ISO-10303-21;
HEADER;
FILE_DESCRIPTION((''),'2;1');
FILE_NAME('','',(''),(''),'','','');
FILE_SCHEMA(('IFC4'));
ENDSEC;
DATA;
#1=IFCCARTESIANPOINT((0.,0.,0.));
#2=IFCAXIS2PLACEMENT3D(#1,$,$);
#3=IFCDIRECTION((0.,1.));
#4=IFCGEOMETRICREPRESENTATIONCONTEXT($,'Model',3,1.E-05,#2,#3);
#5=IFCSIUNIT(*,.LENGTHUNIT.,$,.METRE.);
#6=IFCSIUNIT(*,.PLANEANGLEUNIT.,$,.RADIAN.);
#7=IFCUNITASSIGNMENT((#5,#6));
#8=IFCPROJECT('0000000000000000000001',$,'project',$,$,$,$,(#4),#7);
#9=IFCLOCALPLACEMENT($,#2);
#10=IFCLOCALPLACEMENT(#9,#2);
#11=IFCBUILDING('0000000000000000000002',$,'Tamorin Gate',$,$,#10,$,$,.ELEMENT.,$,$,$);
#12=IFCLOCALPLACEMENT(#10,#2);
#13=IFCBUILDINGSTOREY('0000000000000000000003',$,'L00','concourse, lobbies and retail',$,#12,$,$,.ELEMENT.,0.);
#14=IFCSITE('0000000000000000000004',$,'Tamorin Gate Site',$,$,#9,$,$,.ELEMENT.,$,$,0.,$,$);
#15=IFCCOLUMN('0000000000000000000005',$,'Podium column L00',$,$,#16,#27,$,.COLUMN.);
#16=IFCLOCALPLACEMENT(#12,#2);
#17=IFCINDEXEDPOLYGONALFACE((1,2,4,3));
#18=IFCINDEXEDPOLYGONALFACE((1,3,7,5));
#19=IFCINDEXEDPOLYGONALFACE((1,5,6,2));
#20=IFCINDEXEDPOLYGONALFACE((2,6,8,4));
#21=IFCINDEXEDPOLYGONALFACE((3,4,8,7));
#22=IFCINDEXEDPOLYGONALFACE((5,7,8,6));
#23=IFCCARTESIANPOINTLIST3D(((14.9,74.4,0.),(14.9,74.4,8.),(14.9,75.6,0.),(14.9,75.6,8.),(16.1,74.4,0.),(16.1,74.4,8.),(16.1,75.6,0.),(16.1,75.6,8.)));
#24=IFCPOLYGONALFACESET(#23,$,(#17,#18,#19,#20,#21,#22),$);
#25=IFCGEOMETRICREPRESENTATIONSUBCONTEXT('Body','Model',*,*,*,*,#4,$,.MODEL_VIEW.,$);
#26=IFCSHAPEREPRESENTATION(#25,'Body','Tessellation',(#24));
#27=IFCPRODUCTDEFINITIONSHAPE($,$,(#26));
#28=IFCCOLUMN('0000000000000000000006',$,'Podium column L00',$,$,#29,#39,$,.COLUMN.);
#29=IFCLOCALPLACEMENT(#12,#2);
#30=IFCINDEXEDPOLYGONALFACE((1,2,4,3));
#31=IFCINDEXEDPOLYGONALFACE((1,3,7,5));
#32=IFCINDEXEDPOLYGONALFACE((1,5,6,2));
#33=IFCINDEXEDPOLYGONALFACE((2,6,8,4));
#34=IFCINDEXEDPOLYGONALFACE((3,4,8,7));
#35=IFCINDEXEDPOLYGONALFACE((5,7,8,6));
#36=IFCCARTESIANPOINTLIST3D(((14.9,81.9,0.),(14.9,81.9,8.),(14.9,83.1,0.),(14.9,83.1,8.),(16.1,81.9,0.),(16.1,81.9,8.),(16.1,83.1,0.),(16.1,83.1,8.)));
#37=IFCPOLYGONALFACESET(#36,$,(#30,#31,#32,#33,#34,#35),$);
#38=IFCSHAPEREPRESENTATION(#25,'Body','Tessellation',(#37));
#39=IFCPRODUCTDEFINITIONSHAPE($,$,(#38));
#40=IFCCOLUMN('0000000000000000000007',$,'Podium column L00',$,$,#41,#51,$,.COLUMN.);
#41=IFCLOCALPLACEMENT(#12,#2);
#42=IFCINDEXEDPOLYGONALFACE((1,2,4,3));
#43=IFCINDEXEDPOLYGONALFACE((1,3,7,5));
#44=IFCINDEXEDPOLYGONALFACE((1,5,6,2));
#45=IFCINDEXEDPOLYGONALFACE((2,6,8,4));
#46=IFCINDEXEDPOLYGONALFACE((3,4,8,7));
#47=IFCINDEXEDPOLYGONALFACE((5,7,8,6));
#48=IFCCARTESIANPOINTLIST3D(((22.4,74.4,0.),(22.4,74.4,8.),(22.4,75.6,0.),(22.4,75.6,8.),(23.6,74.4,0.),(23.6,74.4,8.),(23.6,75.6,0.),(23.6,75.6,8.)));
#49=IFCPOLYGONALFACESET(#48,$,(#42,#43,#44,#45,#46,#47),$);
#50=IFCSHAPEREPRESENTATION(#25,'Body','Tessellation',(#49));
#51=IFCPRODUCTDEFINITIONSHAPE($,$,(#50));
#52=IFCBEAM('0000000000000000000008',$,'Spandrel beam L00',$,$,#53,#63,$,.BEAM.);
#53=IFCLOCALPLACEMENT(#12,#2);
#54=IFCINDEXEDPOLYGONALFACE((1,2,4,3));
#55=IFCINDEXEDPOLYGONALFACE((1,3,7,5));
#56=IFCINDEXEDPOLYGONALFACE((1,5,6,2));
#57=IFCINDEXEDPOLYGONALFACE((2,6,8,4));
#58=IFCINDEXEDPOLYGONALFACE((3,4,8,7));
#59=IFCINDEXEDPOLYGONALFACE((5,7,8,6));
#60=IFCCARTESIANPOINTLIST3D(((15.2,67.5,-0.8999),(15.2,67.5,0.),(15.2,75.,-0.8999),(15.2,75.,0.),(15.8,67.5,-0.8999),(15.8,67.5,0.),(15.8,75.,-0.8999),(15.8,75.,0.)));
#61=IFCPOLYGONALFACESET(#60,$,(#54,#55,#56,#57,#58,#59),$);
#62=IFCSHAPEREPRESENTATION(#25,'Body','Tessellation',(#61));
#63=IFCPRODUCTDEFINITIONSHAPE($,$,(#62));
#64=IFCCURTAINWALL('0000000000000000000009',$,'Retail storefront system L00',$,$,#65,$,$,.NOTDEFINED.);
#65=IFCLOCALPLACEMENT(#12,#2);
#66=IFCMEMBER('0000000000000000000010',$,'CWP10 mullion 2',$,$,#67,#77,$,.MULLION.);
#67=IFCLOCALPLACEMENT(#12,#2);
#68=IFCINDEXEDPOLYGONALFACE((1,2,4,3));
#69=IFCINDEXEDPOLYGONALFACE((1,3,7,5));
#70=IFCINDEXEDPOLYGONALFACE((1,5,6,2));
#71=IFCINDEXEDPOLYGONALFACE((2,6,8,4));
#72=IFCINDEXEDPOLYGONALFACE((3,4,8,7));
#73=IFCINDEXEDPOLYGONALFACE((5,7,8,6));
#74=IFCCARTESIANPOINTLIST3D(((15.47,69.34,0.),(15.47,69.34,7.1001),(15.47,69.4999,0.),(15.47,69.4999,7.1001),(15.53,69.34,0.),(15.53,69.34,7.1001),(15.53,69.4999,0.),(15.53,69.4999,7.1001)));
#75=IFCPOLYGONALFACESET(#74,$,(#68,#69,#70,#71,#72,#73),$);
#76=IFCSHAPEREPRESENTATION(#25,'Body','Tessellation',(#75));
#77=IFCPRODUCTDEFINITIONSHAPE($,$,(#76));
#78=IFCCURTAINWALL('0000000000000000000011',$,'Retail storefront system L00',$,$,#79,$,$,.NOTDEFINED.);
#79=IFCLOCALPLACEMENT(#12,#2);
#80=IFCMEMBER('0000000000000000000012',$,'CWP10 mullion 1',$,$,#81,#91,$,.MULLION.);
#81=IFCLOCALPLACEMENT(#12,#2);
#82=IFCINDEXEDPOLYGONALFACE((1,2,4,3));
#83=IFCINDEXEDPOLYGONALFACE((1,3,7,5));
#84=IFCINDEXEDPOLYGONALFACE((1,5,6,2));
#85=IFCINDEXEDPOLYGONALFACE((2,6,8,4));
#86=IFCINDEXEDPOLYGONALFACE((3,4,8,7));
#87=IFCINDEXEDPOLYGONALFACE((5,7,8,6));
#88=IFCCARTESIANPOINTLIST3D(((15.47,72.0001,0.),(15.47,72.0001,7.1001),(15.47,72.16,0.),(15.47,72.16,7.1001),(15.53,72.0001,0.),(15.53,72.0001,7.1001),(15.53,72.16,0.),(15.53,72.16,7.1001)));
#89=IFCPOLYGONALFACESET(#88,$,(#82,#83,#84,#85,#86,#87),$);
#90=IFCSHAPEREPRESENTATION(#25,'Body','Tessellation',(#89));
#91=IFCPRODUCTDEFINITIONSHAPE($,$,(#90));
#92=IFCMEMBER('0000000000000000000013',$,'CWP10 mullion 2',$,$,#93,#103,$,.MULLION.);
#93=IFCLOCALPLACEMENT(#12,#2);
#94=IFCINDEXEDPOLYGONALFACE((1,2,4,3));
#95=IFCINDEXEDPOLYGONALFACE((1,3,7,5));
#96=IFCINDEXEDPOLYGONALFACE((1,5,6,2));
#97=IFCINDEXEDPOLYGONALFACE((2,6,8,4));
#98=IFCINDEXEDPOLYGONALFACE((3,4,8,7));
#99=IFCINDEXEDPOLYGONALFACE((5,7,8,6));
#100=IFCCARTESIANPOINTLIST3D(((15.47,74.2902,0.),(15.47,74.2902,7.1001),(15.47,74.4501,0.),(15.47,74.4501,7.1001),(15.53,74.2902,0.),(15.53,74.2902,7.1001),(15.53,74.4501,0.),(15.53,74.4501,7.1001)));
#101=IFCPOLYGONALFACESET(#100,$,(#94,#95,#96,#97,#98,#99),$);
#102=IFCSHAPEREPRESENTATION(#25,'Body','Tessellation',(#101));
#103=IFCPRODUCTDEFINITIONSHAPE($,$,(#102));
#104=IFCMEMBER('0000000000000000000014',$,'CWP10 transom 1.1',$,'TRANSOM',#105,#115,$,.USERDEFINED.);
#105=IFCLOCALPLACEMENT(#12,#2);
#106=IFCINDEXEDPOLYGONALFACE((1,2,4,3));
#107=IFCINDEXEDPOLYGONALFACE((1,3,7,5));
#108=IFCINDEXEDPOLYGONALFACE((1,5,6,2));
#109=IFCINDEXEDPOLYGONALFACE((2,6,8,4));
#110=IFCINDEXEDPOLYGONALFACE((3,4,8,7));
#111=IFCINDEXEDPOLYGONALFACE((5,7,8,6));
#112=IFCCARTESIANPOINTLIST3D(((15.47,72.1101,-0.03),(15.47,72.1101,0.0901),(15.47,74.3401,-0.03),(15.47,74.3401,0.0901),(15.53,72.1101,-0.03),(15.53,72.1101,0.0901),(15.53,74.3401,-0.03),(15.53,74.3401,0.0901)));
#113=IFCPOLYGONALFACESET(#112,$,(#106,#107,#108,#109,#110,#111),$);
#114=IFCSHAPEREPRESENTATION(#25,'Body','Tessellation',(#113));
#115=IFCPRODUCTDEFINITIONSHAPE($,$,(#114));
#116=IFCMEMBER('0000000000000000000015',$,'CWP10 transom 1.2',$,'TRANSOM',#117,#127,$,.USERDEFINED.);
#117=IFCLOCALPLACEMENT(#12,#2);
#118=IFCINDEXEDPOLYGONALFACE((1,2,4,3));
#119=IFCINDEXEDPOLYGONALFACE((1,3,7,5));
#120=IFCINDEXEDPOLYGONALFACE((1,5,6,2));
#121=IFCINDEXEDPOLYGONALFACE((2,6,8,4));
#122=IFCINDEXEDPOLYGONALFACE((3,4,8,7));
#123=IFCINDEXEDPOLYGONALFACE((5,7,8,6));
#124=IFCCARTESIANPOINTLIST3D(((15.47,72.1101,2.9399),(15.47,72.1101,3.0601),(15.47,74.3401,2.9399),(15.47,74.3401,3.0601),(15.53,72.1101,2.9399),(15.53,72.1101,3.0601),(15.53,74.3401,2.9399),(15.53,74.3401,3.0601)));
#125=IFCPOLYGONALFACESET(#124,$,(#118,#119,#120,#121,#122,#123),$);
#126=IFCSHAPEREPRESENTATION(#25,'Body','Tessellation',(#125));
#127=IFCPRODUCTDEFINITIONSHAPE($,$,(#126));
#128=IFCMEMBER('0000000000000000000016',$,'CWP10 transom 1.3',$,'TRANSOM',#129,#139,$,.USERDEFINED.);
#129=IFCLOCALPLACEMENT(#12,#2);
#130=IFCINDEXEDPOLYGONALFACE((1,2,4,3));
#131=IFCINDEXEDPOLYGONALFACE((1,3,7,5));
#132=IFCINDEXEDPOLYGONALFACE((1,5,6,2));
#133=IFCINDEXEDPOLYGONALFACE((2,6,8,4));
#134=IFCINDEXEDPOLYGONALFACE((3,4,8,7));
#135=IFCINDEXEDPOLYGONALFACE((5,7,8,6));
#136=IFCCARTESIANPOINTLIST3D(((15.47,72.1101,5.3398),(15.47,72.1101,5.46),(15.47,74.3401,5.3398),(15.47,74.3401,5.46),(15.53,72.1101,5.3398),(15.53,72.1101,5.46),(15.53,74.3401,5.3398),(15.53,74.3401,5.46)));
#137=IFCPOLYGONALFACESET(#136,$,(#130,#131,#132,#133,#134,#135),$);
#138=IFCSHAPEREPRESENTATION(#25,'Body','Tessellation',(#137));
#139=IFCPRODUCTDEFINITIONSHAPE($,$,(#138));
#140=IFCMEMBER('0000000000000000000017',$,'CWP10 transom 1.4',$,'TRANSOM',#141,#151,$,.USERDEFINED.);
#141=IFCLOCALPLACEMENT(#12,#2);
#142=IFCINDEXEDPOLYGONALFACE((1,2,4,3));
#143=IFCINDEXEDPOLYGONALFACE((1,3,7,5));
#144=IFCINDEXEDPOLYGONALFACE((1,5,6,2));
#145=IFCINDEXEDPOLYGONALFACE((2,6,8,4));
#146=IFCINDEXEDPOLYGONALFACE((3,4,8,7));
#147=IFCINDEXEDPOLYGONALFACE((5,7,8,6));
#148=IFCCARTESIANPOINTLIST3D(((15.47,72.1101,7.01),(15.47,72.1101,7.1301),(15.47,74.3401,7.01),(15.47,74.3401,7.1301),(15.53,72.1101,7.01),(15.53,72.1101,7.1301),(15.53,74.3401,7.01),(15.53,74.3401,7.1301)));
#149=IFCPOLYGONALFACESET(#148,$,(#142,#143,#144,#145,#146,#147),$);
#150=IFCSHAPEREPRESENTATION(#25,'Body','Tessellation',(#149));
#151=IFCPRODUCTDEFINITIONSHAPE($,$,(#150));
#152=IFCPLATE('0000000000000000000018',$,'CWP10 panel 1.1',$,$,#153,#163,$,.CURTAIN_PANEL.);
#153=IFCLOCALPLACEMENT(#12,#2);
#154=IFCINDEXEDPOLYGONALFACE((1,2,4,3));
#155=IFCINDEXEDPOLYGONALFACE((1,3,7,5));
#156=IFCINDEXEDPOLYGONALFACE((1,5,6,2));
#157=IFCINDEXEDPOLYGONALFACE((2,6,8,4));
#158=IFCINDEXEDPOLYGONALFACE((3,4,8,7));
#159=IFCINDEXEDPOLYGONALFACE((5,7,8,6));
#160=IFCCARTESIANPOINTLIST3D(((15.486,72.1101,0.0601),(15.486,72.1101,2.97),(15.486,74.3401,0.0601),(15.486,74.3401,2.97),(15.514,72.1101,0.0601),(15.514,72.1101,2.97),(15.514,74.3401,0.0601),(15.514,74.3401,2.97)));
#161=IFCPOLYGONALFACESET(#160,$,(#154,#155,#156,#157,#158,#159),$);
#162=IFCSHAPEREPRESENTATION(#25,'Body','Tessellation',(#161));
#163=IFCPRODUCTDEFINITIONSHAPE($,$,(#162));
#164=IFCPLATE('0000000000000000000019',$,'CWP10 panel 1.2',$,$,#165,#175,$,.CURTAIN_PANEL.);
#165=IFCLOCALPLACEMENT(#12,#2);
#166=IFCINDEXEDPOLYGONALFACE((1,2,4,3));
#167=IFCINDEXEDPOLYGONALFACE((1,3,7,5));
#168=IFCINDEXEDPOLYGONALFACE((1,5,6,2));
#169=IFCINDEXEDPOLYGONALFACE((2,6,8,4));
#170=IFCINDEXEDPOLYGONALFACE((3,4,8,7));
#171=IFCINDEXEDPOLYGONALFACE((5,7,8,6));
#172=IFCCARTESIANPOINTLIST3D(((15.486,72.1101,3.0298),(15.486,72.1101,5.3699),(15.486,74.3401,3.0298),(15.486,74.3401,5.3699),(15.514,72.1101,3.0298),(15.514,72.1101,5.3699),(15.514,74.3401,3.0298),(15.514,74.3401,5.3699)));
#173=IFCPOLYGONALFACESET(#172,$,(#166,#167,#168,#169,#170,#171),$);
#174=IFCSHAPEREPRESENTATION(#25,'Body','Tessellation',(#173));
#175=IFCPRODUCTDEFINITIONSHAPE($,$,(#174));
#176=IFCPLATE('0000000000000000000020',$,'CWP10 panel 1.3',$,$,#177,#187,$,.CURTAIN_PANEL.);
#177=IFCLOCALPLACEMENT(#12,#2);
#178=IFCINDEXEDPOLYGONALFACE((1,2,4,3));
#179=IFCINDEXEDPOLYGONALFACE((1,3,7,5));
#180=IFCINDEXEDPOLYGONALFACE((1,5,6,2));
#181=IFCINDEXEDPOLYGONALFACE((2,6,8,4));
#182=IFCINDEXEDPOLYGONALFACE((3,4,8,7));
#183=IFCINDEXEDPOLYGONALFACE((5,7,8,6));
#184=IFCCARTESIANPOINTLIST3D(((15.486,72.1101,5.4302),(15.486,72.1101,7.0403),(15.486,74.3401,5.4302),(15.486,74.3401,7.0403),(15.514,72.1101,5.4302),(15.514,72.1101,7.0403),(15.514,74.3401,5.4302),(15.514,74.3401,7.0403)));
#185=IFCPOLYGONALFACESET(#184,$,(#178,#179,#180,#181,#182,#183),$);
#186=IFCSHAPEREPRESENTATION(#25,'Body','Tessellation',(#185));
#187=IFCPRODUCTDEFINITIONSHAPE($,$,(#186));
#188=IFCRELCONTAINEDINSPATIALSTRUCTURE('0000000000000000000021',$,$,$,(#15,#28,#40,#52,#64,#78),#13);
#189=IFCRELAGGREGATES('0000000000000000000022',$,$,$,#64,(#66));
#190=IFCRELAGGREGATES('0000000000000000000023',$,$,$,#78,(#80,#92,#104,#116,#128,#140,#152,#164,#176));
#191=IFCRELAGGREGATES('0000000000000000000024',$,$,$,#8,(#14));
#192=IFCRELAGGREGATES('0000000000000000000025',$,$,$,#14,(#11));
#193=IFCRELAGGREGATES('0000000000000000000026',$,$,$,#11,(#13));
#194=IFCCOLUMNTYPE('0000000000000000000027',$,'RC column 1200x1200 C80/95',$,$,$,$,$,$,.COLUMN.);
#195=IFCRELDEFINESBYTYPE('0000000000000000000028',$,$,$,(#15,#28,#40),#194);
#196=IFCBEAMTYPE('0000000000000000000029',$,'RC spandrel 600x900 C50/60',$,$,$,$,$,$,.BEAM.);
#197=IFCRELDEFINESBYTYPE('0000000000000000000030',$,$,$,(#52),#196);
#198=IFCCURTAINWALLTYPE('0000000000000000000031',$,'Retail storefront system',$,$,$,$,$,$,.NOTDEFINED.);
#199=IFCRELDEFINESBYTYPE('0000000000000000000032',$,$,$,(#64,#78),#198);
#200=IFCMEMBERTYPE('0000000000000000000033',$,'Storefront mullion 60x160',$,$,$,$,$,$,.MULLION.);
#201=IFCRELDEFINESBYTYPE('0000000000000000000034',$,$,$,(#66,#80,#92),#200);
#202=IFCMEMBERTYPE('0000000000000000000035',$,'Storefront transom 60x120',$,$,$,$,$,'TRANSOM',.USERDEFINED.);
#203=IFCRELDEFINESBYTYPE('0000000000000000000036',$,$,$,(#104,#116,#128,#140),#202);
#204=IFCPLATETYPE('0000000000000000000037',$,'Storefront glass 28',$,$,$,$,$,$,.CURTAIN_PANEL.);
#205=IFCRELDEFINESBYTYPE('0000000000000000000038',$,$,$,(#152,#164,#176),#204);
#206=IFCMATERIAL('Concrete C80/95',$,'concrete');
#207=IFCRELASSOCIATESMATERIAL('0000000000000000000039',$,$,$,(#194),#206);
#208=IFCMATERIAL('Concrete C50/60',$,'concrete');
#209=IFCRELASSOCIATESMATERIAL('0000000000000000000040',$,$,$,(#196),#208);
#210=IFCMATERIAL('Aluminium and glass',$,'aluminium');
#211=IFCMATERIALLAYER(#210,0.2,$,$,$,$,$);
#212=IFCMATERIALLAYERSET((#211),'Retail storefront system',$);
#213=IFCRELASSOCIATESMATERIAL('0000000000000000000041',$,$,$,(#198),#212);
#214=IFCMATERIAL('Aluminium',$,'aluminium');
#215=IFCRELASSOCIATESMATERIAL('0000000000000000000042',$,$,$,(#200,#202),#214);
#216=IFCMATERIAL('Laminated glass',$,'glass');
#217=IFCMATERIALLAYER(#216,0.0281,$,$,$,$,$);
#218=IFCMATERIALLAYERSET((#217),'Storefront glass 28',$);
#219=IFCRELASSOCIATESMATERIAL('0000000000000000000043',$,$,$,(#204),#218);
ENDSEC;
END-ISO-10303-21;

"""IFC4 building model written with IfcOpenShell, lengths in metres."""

from ifc_helpers import new_model, si_unit, direction, frame, origin, origin_2d, place, context, subcontext, project, spatial, rectangle, extrude, material, layer, layer_set, material_profile, profile_set, type_object, element, aggregate, save


model = new_model("IFC4")

# Units and contexts
model_context = context("Model", 3, precision=1e-05, world=origin(), true_north=direction((0.0, 1.0)))
body_context = subcontext(model_context, "Body", "Model", "MODEL_VIEW")
ifc_project = project(units=[si_unit("LENGTHUNIT", "METRE"), si_unit("PLANEANGLEUNIT", "RADIAN")], contexts=[model_context])

# Site, building, storey
site_placement = place(None, origin())
site = spatial("IfcSite", under=ifc_project, at=site_placement, Name="Tamorin Gate Site", CompositionType="ELEMENT", RefElevation=0.0)
building_placement = place(site_placement, origin())
building = spatial("IfcBuilding", under=site, at=building_placement, Name="Tamorin Gate", CompositionType="ELEMENT")
storey_placement = place(building_placement, origin())
storey = spatial("IfcBuildingStorey", under=building, at=storey_placement, Name="L00", Description="concourse, lobbies and retail", CompositionType="ELEMENT", Elevation=0.0)

# Columns
ifc_material_1 = material(Name="Concrete C80/95", Category="concrete")
ifc_material_profile_1 = material_profile(ifc_material_1, rectangle(XDim=1.2, YDim=1.2, at=origin_2d()), Name="RC 1200x1200")
ifc_profile_set_1 = profile_set([ifc_material_profile_1], Name="Concrete C80/95")
column_type = type_object("IfcColumnType", Name="RC column 1200x1200 C80/95", PredefinedType="COLUMN", material=ifc_profile_set_1)
for number, where, z_axis, x_axis, name in (
    (1, (15.5, 75.0, 0.0), (0.0, 0.0, 1.0), (1.0, 0.0, 0.0), "Podium column L00"),
    (2, (15.5, 82.5, 0.0), (0.0, 0.0, 1.0), (1.0, 0.0, 0.0), "Podium column L00"),
    (3, (23.0, 75.0, 0.0), (0.0, 0.0, 1.0), (1.0, 0.0, 0.0), "Podium column L00"),
):
    element("IfcColumn", number, at=place(storey_placement, frame(where, z_axis=z_axis, x_axis=x_axis)), inside=storey, type_object=column_type, Name=name, PredefinedType="COLUMN", context=body_context, shape_type="SweptSolid", body=[
        extrude(rectangle(XDim=1.2, YDim=1.2, at=origin_2d()), origin(), (0.0, 0.0, 1.0), 8.0),
    ])

# Beam
ifc_material_2 = material(Name="Concrete C50/60", Category="concrete")
ifc_material_profile_2 = material_profile(ifc_material_2, rectangle(XDim=0.6001, YDim=0.8999, at=origin_2d()), Name="RC 600x900")
ifc_profile_set_2 = profile_set([ifc_material_profile_2], Name="Concrete C50/60")
beam_type = type_object("IfcBeamType", Name="RC spandrel 600x900 C50/60", PredefinedType="BEAM", material=ifc_profile_set_2)
beam_placement = place(storey_placement, frame((15.5, 75.0, -0.45), z_axis=(0.0, -1.0, 0.0), x_axis=(1.0, 0.0, 0.0)))
element("IfcBeam", 4, at=beam_placement, inside=storey, type_object=beam_type, Name="Spandrel beam L00", PredefinedType="BEAM", context=body_context, shape_type="SweptSolid", body=[
    extrude(rectangle(XDim=0.6001, YDim=0.8999, at=origin_2d()), origin(), (0.0, 0.0, 1.0), 7.5),
])

# Curtain wall, member
ifc_material_3 = material(Name="Aluminium and glass", Category="aluminium")
ifc_layer_1 = layer(ifc_material_3, 0.2)
ifc_layer_set_1 = layer_set([ifc_layer_1], Name="Retail storefront system")
curtain_wall_type = type_object("IfcCurtainWallType", Name="Retail storefront system", PredefinedType="NOTDEFINED", material=ifc_layer_set_1)
curtain_wall_1_placement = place(storey_placement, origin())
curtain_wall_1 = element("IfcCurtainWall", 5, at=curtain_wall_1_placement, inside=storey, type_object=curtain_wall_type, Name="Retail storefront system L00", PredefinedType="NOTDEFINED")
ifc_material_4 = material(Name="Aluminium", Category="aluminium")
ifc_material_profile_3 = material_profile(ifc_material_4, rectangle(XDim=0.0601, YDim=0.1599, at=origin_2d()), Name="RECT 60x160")
ifc_profile_set_3 = profile_set([ifc_material_profile_3], Name="Aluminium")
member_type_1 = type_object("IfcMemberType", Name="Storefront mullion 60x160", PredefinedType="MULLION", material=ifc_profile_set_3)
member_1_placement = place(storey_placement, frame((15.5, 69.4199, 0.0), z_axis=(0.0, 0.0, 1.0), x_axis=(-1.0, 0.0, 0.0)))
member_1 = element("IfcMember", 6, at=member_1_placement, type_object=member_type_1, Name="CWP10 mullion 2", PredefinedType="MULLION", context=body_context, shape_type="SweptSolid", body=[
    extrude(rectangle(XDim=0.0601, YDim=0.1599, at=origin_2d()), origin(), (0.0, 0.0, 1.0), 7.1001),
])
aggregate(curtain_wall_1, [member_1])

# Curtain wall, members, plates
curtain_wall_2_placement = place(storey_placement, origin())
curtain_wall_2 = element("IfcCurtainWall", 7, at=curtain_wall_2_placement, inside=storey, type_object=curtain_wall_type, Name="Retail storefront system L00", PredefinedType="NOTDEFINED")
member_2_placement = place(storey_placement, frame((15.5, 72.0801, 0.0), z_axis=(0.0, 0.0, 1.0), x_axis=(-1.0, 0.0, 0.0)))
member_2 = element("IfcMember", 8, at=member_2_placement, type_object=member_type_1, Name="CWP10 mullion 1", PredefinedType="MULLION", context=body_context, shape_type="SweptSolid", body=[
    extrude(rectangle(XDim=0.0601, YDim=0.1599, at=origin_2d()), origin(), (0.0, 0.0, 1.0), 7.1001),
])
member_3_placement = place(storey_placement, frame((15.5, 74.3701, 0.0), z_axis=(0.0, 0.0, 1.0), x_axis=(-1.0, 0.0, 0.0)))
member_3 = element("IfcMember", 9, at=member_3_placement, type_object=member_type_1, Name="CWP10 mullion 2", PredefinedType="MULLION", context=body_context, shape_type="SweptSolid", body=[
    extrude(rectangle(XDim=0.0601, YDim=0.1599, at=origin_2d()), origin(), (0.0, 0.0, 1.0), 7.1001),
])
ifc_material_profile_4 = material_profile(ifc_material_4, rectangle(XDim=0.0601, YDim=0.1201, at=origin_2d()), Name="RECT 60x120")
ifc_profile_set_4 = profile_set([ifc_material_profile_4], Name="Aluminium")
member_type_2 = type_object("IfcMemberType", Name="Storefront transom 60x120", ElementType="TRANSOM", PredefinedType="USERDEFINED", material=ifc_profile_set_4)
member_4_placement = place(storey_placement, frame((15.5, 72.1101, 0.03), z_axis=(0.0, 1.0, 0.0), x_axis=(-1.0, 0.0, 0.0)))
member_4 = element("IfcMember", 10, at=member_4_placement, type_object=member_type_2, Name="CWP10 transom 1.1", ObjectType="TRANSOM", PredefinedType="USERDEFINED", context=body_context, shape_type="SweptSolid", body=[
    extrude(rectangle(XDim=0.0601, YDim=0.1201, at=origin_2d()), origin(), (0.0, 0.0, 1.0), 2.23),
])
member_5_placement = place(storey_placement, frame((15.5, 72.1101, 3.0), z_axis=(0.0, 1.0, 0.0), x_axis=(-1.0, 0.0, 0.0)))
member_5 = element("IfcMember", 11, at=member_5_placement, type_object=member_type_2, Name="CWP10 transom 1.2", ObjectType="TRANSOM", PredefinedType="USERDEFINED", context=body_context, shape_type="SweptSolid", body=[
    extrude(rectangle(XDim=0.0601, YDim=0.1201, at=origin_2d()), origin(), (0.0, 0.0, 1.0), 2.23),
])
member_6_placement = place(storey_placement, frame((15.5, 72.1101, 5.3999), z_axis=(0.0, 1.0, 0.0), x_axis=(-1.0, 0.0, 0.0)))
member_6 = element("IfcMember", 12, at=member_6_placement, type_object=member_type_2, Name="CWP10 transom 1.3", ObjectType="TRANSOM", PredefinedType="USERDEFINED", context=body_context, shape_type="SweptSolid", body=[
    extrude(rectangle(XDim=0.0601, YDim=0.1201, at=origin_2d()), origin(), (0.0, 0.0, 1.0), 2.23),
])
member_7_placement = place(storey_placement, frame((15.5, 72.1101, 7.0701), z_axis=(0.0, 1.0, 0.0), x_axis=(-1.0, 0.0, 0.0)))
member_7 = element("IfcMember", 13, at=member_7_placement, type_object=member_type_2, Name="CWP10 transom 1.4", ObjectType="TRANSOM", PredefinedType="USERDEFINED", context=body_context, shape_type="SweptSolid", body=[
    extrude(rectangle(XDim=0.0601, YDim=0.1201, at=origin_2d()), origin(), (0.0, 0.0, 1.0), 2.23),
])
ifc_material_5 = material(Name="Laminated glass", Category="glass")
ifc_layer_2 = layer(ifc_material_5, 0.0281)
ifc_layer_set_2 = layer_set([ifc_layer_2], Name="Storefront glass 28")
plate_type = type_object("IfcPlateType", Name="Storefront glass 28", PredefinedType="CURTAIN_PANEL", material=ifc_layer_set_2)
plate_1_placement = place(storey_placement, frame((15.5, 73.2251, 0.0601), z_axis=(0.0, 0.0, 1.0), x_axis=(0.0, 1.0, 0.0)))
plate_1 = element("IfcPlate", 14, at=plate_1_placement, type_object=plate_type, Name="CWP10 panel 1.1", PredefinedType="CURTAIN_PANEL", context=body_context, shape_type="SweptSolid", body=[
    extrude(rectangle(XDim=2.23, YDim=0.0281, at=origin_2d()), origin(), (0.0, 0.0, 1.0), 2.9099),
])
plate_2_placement = place(storey_placement, frame((15.5, 73.2251, 3.0298), z_axis=(0.0, 0.0, 1.0), x_axis=(0.0, 1.0, 0.0)))
plate_2 = element("IfcPlate", 15, at=plate_2_placement, type_object=plate_type, Name="CWP10 panel 1.2", PredefinedType="CURTAIN_PANEL", context=body_context, shape_type="SweptSolid", body=[
    extrude(rectangle(XDim=2.23, YDim=0.0281, at=origin_2d()), origin(), (0.0, 0.0, 1.0), 2.3401),
])
plate_3_placement = place(storey_placement, frame((15.5, 73.2251, 5.4302), z_axis=(0.0, 0.0, 1.0), x_axis=(0.0, 1.0, 0.0)))
plate_3 = element("IfcPlate", 16, at=plate_3_placement, type_object=plate_type, Name="CWP10 panel 1.3", PredefinedType="CURTAIN_PANEL", context=body_context, shape_type="SweptSolid", body=[
    extrude(rectangle(XDim=2.23, YDim=0.0281, at=origin_2d()), origin(), (0.0, 0.0, 1.0), 1.6101),
])
aggregate(curtain_wall_2, [member_2, member_3, member_4, member_5, member_6, member_7, plate_1, plate_2, plate_3])

save(model, "model.ifc")
